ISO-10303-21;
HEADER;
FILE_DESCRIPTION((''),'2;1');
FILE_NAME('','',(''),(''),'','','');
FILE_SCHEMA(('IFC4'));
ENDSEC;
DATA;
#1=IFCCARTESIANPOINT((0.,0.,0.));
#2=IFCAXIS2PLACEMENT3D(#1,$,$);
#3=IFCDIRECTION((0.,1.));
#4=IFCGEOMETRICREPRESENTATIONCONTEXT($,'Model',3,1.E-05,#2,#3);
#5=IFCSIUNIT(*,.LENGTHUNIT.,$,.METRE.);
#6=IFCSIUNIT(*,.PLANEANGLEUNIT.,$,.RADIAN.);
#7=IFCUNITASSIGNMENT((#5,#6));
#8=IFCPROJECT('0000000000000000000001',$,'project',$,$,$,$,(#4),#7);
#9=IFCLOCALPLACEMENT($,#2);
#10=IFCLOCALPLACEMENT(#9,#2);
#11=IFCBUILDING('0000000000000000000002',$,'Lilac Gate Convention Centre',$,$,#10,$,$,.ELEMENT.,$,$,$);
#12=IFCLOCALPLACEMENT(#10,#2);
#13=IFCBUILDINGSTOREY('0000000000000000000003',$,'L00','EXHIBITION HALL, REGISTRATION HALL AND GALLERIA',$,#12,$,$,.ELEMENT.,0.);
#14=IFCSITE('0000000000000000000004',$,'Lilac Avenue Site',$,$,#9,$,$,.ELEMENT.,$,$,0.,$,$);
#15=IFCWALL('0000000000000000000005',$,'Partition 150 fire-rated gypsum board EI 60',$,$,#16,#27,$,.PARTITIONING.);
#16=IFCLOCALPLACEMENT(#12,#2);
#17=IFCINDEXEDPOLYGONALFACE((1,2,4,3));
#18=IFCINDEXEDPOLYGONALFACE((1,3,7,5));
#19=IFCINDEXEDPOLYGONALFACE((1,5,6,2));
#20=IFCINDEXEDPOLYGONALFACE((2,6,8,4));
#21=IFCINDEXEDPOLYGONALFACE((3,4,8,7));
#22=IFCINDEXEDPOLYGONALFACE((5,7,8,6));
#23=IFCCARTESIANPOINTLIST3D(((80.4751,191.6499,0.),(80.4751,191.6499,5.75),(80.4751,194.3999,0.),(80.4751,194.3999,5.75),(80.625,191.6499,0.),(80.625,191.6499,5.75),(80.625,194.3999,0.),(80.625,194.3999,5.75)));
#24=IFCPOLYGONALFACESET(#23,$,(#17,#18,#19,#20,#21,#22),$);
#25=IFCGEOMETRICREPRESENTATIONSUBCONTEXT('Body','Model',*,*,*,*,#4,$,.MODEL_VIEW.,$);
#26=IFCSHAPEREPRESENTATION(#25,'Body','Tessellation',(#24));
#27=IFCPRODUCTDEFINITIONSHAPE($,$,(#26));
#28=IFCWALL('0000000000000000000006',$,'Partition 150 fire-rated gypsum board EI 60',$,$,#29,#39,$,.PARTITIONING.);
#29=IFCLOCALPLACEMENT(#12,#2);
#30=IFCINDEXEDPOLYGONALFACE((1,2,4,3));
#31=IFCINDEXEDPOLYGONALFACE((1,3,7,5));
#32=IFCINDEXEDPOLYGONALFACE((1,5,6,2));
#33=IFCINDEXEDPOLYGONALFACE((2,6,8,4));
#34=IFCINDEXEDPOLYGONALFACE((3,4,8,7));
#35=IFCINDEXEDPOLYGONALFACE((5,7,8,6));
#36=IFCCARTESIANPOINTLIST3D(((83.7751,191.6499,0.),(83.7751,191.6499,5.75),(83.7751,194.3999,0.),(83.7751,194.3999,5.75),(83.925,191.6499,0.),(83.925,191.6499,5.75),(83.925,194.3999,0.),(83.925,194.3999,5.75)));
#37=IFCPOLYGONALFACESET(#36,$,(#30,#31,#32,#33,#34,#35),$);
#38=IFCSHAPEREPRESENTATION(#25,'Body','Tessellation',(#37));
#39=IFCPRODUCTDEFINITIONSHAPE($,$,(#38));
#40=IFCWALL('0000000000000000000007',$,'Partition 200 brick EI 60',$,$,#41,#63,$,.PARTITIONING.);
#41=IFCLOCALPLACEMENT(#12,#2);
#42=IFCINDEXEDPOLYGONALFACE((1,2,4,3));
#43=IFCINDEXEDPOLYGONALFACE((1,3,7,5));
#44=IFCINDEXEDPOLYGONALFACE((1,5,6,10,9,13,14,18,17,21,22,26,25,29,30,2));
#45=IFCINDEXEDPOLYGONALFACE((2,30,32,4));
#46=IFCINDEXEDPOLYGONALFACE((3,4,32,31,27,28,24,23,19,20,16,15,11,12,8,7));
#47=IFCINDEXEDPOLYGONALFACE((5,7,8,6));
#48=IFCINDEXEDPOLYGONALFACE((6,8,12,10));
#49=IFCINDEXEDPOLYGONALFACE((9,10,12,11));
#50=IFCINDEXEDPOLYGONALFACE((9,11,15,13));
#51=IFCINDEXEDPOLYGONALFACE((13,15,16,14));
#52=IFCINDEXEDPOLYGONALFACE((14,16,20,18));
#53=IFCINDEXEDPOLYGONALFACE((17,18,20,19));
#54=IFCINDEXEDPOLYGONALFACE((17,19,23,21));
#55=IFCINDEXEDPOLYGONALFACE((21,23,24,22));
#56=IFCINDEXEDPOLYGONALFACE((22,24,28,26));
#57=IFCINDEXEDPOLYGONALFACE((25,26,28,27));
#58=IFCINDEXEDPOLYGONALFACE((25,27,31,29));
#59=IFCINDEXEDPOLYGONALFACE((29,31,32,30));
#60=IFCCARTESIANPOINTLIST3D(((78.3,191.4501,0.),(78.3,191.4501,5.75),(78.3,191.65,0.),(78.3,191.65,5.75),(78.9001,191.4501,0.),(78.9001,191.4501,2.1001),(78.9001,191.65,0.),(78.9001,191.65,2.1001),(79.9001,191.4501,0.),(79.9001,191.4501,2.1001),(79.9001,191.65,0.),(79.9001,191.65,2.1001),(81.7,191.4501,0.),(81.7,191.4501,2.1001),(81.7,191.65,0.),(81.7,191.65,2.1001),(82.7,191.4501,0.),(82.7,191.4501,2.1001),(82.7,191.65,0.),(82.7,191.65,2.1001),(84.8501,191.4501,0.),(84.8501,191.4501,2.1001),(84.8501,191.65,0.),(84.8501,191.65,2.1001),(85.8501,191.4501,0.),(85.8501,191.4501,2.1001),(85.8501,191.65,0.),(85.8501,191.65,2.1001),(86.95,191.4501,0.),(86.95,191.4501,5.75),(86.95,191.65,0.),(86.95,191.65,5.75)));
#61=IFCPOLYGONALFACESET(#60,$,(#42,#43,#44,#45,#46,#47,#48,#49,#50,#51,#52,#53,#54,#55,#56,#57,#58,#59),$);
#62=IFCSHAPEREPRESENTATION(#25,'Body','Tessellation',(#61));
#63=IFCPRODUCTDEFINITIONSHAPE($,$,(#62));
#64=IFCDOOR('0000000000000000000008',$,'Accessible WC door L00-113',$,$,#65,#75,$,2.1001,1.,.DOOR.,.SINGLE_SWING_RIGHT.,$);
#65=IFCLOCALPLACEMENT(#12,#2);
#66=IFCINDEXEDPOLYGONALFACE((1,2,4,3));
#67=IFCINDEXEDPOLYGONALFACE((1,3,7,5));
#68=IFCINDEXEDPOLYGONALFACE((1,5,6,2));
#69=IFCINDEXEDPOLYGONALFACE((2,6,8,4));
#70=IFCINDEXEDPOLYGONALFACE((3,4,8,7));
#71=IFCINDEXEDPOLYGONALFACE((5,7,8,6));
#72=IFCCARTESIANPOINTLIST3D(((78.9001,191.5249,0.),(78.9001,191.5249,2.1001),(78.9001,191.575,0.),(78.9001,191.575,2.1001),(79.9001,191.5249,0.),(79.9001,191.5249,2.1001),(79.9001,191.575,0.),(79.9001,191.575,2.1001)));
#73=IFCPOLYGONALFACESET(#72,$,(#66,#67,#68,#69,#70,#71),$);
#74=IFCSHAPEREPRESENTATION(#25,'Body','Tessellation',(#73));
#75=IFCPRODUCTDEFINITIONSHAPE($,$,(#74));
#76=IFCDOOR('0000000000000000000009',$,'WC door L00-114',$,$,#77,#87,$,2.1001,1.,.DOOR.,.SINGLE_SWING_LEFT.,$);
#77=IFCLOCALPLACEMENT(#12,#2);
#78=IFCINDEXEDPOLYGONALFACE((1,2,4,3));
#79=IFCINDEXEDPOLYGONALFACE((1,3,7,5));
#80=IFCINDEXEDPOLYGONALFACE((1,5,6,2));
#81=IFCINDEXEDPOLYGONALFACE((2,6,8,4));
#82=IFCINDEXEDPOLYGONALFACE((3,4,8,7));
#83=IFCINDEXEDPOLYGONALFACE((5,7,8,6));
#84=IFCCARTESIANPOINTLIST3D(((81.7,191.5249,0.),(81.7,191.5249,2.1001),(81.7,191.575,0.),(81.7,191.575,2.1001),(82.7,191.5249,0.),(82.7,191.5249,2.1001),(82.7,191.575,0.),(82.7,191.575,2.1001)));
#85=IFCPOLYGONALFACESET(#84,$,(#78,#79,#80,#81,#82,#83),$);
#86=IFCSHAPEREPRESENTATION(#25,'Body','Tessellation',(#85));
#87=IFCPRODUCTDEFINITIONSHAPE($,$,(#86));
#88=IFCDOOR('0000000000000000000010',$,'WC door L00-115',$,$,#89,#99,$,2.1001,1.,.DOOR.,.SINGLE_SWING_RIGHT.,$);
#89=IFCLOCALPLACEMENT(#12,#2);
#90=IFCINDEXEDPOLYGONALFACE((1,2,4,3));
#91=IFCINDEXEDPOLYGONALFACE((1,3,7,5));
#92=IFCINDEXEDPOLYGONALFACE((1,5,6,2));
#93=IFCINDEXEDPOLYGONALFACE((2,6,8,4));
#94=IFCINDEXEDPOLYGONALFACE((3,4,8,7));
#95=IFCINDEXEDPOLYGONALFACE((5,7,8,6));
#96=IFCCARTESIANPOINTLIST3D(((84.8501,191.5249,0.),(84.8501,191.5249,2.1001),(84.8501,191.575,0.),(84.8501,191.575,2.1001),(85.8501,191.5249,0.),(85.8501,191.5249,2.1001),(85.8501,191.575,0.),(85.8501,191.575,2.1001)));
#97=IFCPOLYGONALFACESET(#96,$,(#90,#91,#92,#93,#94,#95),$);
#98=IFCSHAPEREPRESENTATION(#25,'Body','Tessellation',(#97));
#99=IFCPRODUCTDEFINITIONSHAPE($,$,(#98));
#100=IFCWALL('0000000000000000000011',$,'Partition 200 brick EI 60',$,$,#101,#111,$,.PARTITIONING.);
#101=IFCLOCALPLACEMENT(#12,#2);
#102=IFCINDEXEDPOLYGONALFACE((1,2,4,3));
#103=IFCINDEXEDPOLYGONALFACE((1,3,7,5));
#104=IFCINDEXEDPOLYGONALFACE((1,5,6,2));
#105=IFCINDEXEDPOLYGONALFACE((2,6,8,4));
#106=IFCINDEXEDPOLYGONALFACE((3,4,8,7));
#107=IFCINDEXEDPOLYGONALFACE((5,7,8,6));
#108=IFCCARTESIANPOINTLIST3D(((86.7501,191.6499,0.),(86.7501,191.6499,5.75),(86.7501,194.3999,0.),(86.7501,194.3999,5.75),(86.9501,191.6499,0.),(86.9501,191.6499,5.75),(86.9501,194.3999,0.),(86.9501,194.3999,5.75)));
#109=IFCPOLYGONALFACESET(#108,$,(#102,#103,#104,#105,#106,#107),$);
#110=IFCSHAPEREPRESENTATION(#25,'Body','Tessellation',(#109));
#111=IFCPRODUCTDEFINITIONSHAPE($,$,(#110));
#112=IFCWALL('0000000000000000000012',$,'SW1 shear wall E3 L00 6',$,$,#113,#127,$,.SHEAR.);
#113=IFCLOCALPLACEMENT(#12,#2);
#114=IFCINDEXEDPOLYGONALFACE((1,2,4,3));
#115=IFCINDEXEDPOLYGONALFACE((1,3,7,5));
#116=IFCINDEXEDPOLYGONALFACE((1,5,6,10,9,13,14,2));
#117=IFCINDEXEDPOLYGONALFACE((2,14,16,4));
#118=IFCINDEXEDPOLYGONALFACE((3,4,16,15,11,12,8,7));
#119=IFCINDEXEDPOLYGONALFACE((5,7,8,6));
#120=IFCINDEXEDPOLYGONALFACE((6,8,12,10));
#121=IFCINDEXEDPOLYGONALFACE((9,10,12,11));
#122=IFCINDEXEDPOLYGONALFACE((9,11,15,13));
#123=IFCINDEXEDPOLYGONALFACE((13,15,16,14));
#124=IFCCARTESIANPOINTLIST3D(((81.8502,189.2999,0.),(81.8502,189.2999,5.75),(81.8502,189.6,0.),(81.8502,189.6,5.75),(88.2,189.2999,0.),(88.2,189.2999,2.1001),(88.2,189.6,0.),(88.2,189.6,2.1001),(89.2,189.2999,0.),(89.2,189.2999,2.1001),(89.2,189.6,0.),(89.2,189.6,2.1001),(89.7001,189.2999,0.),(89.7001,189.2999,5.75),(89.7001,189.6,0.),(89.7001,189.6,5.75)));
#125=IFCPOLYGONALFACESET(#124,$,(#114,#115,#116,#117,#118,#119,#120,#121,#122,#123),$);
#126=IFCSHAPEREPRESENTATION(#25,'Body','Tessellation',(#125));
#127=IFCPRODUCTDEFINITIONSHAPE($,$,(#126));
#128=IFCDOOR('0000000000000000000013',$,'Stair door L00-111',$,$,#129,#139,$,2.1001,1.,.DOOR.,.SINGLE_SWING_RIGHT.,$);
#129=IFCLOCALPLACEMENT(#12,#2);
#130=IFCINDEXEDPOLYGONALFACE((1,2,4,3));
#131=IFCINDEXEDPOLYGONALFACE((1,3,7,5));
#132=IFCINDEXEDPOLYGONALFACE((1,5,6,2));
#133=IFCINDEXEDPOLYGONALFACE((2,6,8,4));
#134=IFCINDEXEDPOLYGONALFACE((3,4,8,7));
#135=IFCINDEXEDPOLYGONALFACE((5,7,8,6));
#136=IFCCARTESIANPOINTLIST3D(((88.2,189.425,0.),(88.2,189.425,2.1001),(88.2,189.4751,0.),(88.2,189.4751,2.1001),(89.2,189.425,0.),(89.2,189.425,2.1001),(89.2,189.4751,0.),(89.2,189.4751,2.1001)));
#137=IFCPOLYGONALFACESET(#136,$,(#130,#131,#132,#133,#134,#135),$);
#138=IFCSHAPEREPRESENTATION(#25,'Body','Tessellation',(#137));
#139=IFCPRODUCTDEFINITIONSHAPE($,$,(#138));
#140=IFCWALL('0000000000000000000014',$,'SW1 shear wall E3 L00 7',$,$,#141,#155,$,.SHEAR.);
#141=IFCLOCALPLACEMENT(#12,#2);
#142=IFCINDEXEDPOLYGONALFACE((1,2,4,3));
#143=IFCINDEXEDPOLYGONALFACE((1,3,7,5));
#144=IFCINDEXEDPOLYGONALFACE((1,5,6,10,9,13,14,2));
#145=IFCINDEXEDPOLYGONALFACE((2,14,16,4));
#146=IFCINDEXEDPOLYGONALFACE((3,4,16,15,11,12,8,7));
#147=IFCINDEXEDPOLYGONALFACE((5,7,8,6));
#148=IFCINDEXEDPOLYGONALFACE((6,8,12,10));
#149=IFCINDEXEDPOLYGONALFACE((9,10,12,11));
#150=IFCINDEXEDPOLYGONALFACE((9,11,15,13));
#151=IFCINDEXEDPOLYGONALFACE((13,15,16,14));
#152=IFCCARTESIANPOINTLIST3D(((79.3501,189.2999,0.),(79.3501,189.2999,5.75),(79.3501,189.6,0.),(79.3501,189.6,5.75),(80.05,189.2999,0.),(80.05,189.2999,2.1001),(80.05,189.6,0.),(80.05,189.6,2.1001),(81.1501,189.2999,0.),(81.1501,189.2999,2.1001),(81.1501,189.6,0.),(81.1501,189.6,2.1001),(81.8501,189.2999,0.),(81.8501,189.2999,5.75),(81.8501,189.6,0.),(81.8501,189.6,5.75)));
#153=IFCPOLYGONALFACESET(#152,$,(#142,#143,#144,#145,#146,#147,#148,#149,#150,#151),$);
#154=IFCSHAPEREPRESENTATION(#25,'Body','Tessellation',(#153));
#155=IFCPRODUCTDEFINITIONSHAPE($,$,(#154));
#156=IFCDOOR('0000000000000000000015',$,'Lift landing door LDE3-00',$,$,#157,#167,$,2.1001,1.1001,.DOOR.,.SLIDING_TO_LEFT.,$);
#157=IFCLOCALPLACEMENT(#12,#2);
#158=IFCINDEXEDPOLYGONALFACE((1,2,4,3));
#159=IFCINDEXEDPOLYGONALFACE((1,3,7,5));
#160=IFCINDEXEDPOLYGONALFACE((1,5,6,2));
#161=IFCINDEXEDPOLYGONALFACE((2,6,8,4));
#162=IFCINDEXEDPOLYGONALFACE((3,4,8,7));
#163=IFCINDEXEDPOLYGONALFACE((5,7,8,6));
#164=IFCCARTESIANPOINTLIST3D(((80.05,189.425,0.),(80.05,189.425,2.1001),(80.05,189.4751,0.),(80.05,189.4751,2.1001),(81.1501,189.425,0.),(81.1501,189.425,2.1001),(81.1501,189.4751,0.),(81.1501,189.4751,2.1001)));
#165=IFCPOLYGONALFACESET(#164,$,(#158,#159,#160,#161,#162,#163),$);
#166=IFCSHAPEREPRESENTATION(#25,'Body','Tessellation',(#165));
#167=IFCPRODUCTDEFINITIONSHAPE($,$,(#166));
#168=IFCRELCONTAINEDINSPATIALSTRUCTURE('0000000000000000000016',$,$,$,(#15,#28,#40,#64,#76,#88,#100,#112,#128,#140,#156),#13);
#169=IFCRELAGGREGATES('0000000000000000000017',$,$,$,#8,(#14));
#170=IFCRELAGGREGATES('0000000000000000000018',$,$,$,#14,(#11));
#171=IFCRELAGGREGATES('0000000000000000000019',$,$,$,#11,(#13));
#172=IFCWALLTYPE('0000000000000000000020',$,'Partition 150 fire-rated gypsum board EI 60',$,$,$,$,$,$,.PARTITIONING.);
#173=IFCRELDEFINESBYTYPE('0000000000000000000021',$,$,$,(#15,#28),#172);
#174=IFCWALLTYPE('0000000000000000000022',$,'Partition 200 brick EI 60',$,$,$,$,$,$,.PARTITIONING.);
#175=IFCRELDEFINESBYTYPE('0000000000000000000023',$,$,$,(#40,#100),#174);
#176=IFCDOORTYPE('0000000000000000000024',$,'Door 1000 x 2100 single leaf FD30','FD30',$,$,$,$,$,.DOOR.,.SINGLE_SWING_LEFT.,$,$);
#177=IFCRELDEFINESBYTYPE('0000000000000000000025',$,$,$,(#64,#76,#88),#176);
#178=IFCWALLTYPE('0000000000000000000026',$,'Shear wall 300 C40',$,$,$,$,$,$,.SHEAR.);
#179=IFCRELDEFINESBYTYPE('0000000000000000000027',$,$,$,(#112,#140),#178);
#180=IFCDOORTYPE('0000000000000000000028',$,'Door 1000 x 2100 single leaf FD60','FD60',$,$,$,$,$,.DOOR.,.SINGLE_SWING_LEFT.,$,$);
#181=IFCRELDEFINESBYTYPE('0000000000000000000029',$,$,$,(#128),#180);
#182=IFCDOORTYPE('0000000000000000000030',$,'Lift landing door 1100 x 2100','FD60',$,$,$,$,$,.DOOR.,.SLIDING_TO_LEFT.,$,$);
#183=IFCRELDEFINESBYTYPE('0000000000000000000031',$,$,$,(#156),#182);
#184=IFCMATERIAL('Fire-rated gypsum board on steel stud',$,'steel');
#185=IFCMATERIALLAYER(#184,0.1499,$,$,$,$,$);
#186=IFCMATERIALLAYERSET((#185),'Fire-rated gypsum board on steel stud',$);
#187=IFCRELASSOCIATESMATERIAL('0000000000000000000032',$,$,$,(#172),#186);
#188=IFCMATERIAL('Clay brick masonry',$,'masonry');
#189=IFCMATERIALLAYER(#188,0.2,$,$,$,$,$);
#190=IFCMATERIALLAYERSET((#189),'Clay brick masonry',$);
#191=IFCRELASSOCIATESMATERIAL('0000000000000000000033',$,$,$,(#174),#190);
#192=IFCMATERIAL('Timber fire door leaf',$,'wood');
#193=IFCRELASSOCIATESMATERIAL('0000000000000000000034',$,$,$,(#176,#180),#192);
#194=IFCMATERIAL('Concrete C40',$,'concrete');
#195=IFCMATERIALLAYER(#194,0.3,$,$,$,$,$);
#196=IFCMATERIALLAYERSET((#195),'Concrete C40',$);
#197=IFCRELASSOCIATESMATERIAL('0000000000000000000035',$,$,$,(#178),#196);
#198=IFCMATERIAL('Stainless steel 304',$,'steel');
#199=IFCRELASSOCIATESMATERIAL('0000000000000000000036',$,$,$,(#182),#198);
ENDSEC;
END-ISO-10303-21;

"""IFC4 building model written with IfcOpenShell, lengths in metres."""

from ifc_helpers import new_model, si_unit, direction, frame, frame_2d, origin, place, context, subcontext, project, spatial, rectangle, extrude, material, layer, layer_set, type_object, element, fill, save


model = new_model("IFC4")

# Units and contexts
model_context = context("Model", 3, precision=1e-05, world=origin(), true_north=direction((0.0, 1.0)))
body_context = subcontext(model_context, "Body", "Model", "MODEL_VIEW")
ifc_project = project(units=[si_unit("LENGTHUNIT", "METRE"), si_unit("PLANEANGLEUNIT", "RADIAN")], contexts=[model_context])

# Site, building, storey
site_placement = place(None, origin())
site = spatial("IfcSite", under=ifc_project, at=site_placement, Name="Lilac Avenue Site", CompositionType="ELEMENT", RefElevation=0.0)
building_placement = place(site_placement, origin())
building = spatial("IfcBuilding", under=site, at=building_placement, Name="Lilac Gate Convention Centre", CompositionType="ELEMENT")
storey_placement = place(building_placement, origin())
storey = spatial("IfcBuildingStorey", under=building, at=storey_placement, Name="L00", Description="EXHIBITION HALL, REGISTRATION HALL AND GALLERIA", CompositionType="ELEMENT", Elevation=0.0)

# Walls
ifc_material_1 = material(Name="Fire-rated gypsum board on steel stud", Category="steel")
ifc_layer_1 = layer(ifc_material_1, 0.1499)
ifc_layer_set_1 = layer_set([ifc_layer_1], Name="Fire-rated gypsum board on steel stud")
wall_type_1 = type_object("IfcWallType", Name="Partition 150 fire-rated gypsum board EI 60", PredefinedType="PARTITIONING", material=ifc_layer_set_1)
for number, where, z_axis, x_axis, name in (
    (1, (80.55, 191.6499, 0.0), (0.0, 0.0, 1.0), (0.0, 1.0, 0.0), "Partition 150 fire-rated gypsum board EI 60"),
    (2, (83.8501, 191.6499, 0.0), (0.0, 0.0, 1.0), (0.0, 1.0, 0.0), "Partition 150 fire-rated gypsum board EI 60"),
):
    element("IfcWall", number, at=place(storey_placement, frame(where, z_axis=z_axis, x_axis=x_axis)), inside=storey, type_object=wall_type_1, Name=name, PredefinedType="PARTITIONING", context=body_context, shape_type="SweptSolid", body=[
        extrude(rectangle(XDim=2.75, YDim=0.1499, at=frame_2d((1.375, 0.0))), origin(), (0.0, 0.0, 1.0), 5.75),
    ])

# Wall, openings, doors
ifc_material_2 = material(Name="Clay brick masonry", Category="masonry")
ifc_layer_2 = layer(ifc_material_2, 0.2)
ifc_layer_set_2 = layer_set([ifc_layer_2], Name="Clay brick masonry")
wall_type_2 = type_object("IfcWallType", Name="Partition 200 brick EI 60", PredefinedType="PARTITIONING", material=ifc_layer_set_2)
wall_1_placement = place(storey_placement, frame((78.3, 191.55, 0.0), z_axis=(0.0, 0.0, 1.0), x_axis=(1.0, 0.0, 0.0)))
wall_1 = element("IfcWall", 3, at=wall_1_placement, inside=storey, type_object=wall_type_2, Name="Partition 200 brick EI 60", PredefinedType="PARTITIONING", context=body_context, shape_type="SweptSolid", body=[
    extrude(rectangle(XDim=8.6499, YDim=0.2, at=frame_2d((4.325, 0.0))), origin(), (0.0, 0.0, 1.0), 5.75),
])
opening_1_placement = place(wall_1_placement, frame((0.6001, 0.0, 0.0)))
opening_1 = element("IfcOpeningElement", 4, at=opening_1_placement, cuts=wall_1, PredefinedType="OPENING", context=body_context, shape_type="SweptSolid", body=[
    extrude(rectangle(XDim=1.0, YDim=2.1001, at=frame_2d((0.5, 1.05))), frame((0.0, 0.1099, 0.0), z_axis=(0.0, -1.0, 0.0), x_axis=(1.0, 0.0, 0.0)), (0.0, 0.0, 1.0), 0.22),
])
opening_2_placement = place(wall_1_placement, frame((3.3999, 0.0, 0.0)))
opening_2 = element("IfcOpeningElement", 5, at=opening_2_placement, cuts=wall_1, PredefinedType="OPENING", context=body_context, shape_type="SweptSolid", body=[
    extrude(rectangle(XDim=1.0, YDim=2.1001, at=frame_2d((0.5, 1.05))), frame((0.0, 0.1099, 0.0), z_axis=(0.0, -1.0, 0.0), x_axis=(1.0, 0.0, 0.0)), (0.0, 0.0, 1.0), 0.22),
])
opening_3_placement = place(wall_1_placement, frame((6.55, 0.0, 0.0)))
opening_3 = element("IfcOpeningElement", 6, at=opening_3_placement, cuts=wall_1, PredefinedType="OPENING", context=body_context, shape_type="SweptSolid", body=[
    extrude(rectangle(XDim=1.0, YDim=2.1001, at=frame_2d((0.5, 1.05))), frame((0.0, 0.1099, 0.0), z_axis=(0.0, -1.0, 0.0), x_axis=(1.0, 0.0, 0.0)), (0.0, 0.0, 1.0), 0.22),
])
ifc_material_3 = material(Name="Timber fire door leaf", Category="wood")
door_type_1 = type_object("IfcDoorType", Name="Door 1000 x 2100 single leaf FD30", Description="FD30", OperationType="SINGLE_SWING_LEFT", PredefinedType="DOOR", material=ifc_material_3)
door_1_placement = place(opening_1_placement, origin())
door_1 = element("IfcDoor", 7, at=door_1_placement, inside=storey, type_object=door_type_1, Name="Accessible WC door L00-113", OperationType="SINGLE_SWING_RIGHT", OverallHeight=2.1001, OverallWidth=1.0, PredefinedType="DOOR", context=body_context, shape_type="SweptSolid", body=[
    extrude(rectangle(XDim=1.0, YDim=2.1001, at=frame_2d((0.5, 1.05))), frame((0.0, 0.0249, 0.0), z_axis=(0.0, -1.0, 0.0), x_axis=(1.0, 0.0, 0.0)), (0.0, 0.0, 1.0), 0.05),
])
fill(opening_1, door_1)
door_2_placement = place(opening_2_placement, origin())
door_2 = element("IfcDoor", 8, at=door_2_placement, inside=storey, type_object=door_type_1, Name="WC door L00-114", OperationType="SINGLE_SWING_LEFT", OverallHeight=2.1001, OverallWidth=1.0, PredefinedType="DOOR", context=body_context, shape_type="SweptSolid", body=[
    extrude(rectangle(XDim=1.0, YDim=2.1001, at=frame_2d((0.5, 1.05))), frame((0.0, 0.0249, 0.0), z_axis=(0.0, -1.0, 0.0), x_axis=(1.0, 0.0, 0.0)), (0.0, 0.0, 1.0), 0.05),
])
fill(opening_2, door_2)
door_3_placement = place(opening_3_placement, origin())
door_3 = element("IfcDoor", 9, at=door_3_placement, inside=storey, type_object=door_type_1, Name="WC door L00-115", OperationType="SINGLE_SWING_RIGHT", OverallHeight=2.1001, OverallWidth=1.0, PredefinedType="DOOR", context=body_context, shape_type="SweptSolid", body=[
    extrude(rectangle(XDim=1.0, YDim=2.1001, at=frame_2d((0.5, 1.05))), frame((0.0, 0.0249, 0.0), z_axis=(0.0, -1.0, 0.0), x_axis=(1.0, 0.0, 0.0)), (0.0, 0.0, 1.0), 0.05),
])
fill(opening_3, door_3)

# Wall
wall_2_placement = place(storey_placement, frame((86.8501, 191.6499, 0.0), z_axis=(0.0, 0.0, 1.0), x_axis=(0.0, 1.0, 0.0)))
element("IfcWall", 10, at=wall_2_placement, inside=storey, type_object=wall_type_2, Name="Partition 200 brick EI 60", PredefinedType="PARTITIONING", context=body_context, shape_type="SweptSolid", body=[
    extrude(rectangle(XDim=2.75, YDim=0.2, at=frame_2d((1.375, 0.0))), origin(), (0.0, 0.0, 1.0), 5.75),
])

# Walls, openings, doors
ifc_material_4 = material(Name="Concrete C40", Category="concrete")
ifc_layer_3 = layer(ifc_material_4, 0.3)
ifc_layer_set_3 = layer_set([ifc_layer_3], Name="Concrete C40")
wall_type_3 = type_object("IfcWallType", Name="Shear wall 300 C40", PredefinedType="SHEAR", material=ifc_layer_set_3)
wall_3_placement = place(storey_placement, frame((89.7, 189.45, 0.0), z_axis=(0.0, 0.0, 1.0), x_axis=(-1.0, 0.0, 0.0)))
wall_3 = element("IfcWall", 11, at=wall_3_placement, inside=storey, type_object=wall_type_3, Name="SW1 shear wall E3 L00 6", PredefinedType="SHEAR", context=body_context, shape_type="SweptSolid", body=[
    extrude(rectangle(XDim=7.8499, YDim=0.3, at=frame_2d((3.9248, 0.0))), origin(), (0.0, 0.0, 1.0), 5.75),
])
opening_4_placement = place(wall_3_placement, frame((0.5, 0.0, 0.0)))
opening_4 = element("IfcOpeningElement", 12, at=opening_4_placement, cuts=wall_3, PredefinedType="OPENING", context=body_context, shape_type="SweptSolid", body=[
    extrude(rectangle(XDim=1.0, YDim=2.1001, at=frame_2d((0.5, 1.05))), frame((0.0, 0.1599, 0.0), z_axis=(0.0, -1.0, 0.0), x_axis=(1.0, 0.0, 0.0)), (0.0, 0.0, 1.0), 0.3201),
])
door_type_2 = type_object("IfcDoorType", Name="Door 1000 x 2100 single leaf FD60", Description="FD60", OperationType="SINGLE_SWING_LEFT", PredefinedType="DOOR", material=ifc_material_3)
door_4_placement = place(opening_4_placement, origin())
door_4 = element("IfcDoor", 13, at=door_4_placement, inside=storey, type_object=door_type_2, Name="Stair door L00-111", OperationType="SINGLE_SWING_RIGHT", OverallHeight=2.1001, OverallWidth=1.0, PredefinedType="DOOR", context=body_context, shape_type="SweptSolid", body=[
    extrude(rectangle(XDim=1.0, YDim=2.1001, at=frame_2d((0.5, 1.05))), frame((0.0, 0.0249, 0.0), z_axis=(0.0, -1.0, 0.0), x_axis=(1.0, 0.0, 0.0)), (0.0, 0.0, 1.0), 0.05),
])
fill(opening_4, door_4)
wall_4_placement = place(storey_placement, frame((81.8501, 189.45, 0.0), z_axis=(0.0, 0.0, 1.0), x_axis=(-1.0, 0.0, 0.0)))
wall_4 = element("IfcWall", 14, at=wall_4_placement, inside=storey, type_object=wall_type_3, Name="SW1 shear wall E3 L00 7", PredefinedType="SHEAR", context=body_context, shape_type="SweptSolid", body=[
    extrude(rectangle(XDim=2.5, YDim=0.3, at=frame_2d((1.25, 0.0))), origin(), (0.0, 0.0, 1.0), 5.75),
])
opening_5_placement = place(wall_4_placement, frame((0.7, 0.0, 0.0)))
opening_5 = element("IfcOpeningElement", 15, at=opening_5_placement, cuts=wall_4, PredefinedType="OPENING", context=body_context, shape_type="SweptSolid", body=[
    extrude(rectangle(XDim=1.1001, YDim=2.1001, at=frame_2d((0.55, 1.05))), frame((0.0, 0.1599, 0.0), z_axis=(0.0, -1.0, 0.0), x_axis=(1.0, 0.0, 0.0)), (0.0, 0.0, 1.0), 0.3201),
])
ifc_material_5 = material(Name="Stainless steel 304", Category="steel")
door_type_3 = type_object("IfcDoorType", Name="Lift landing door 1100 x 2100", Description="FD60", OperationType="SLIDING_TO_LEFT", PredefinedType="DOOR", material=ifc_material_5)
door_5_placement = place(opening_5_placement, origin())
door_5 = element("IfcDoor", 16, at=door_5_placement, inside=storey, type_object=door_type_3, Name="Lift landing door LDE3-00", OperationType="SLIDING_TO_LEFT", OverallHeight=2.1001, OverallWidth=1.1001, PredefinedType="DOOR", context=body_context, shape_type="SweptSolid", body=[
    extrude(rectangle(XDim=1.1001, YDim=2.1001, at=frame_2d((0.55, 1.05))), frame((0.0, 0.0249, 0.0), z_axis=(0.0, -1.0, 0.0), x_axis=(1.0, 0.0, 0.0)), (0.0, 0.0, 1.0), 0.05),
])
fill(opening_5, door_5)

save(model, "model.ifc")
